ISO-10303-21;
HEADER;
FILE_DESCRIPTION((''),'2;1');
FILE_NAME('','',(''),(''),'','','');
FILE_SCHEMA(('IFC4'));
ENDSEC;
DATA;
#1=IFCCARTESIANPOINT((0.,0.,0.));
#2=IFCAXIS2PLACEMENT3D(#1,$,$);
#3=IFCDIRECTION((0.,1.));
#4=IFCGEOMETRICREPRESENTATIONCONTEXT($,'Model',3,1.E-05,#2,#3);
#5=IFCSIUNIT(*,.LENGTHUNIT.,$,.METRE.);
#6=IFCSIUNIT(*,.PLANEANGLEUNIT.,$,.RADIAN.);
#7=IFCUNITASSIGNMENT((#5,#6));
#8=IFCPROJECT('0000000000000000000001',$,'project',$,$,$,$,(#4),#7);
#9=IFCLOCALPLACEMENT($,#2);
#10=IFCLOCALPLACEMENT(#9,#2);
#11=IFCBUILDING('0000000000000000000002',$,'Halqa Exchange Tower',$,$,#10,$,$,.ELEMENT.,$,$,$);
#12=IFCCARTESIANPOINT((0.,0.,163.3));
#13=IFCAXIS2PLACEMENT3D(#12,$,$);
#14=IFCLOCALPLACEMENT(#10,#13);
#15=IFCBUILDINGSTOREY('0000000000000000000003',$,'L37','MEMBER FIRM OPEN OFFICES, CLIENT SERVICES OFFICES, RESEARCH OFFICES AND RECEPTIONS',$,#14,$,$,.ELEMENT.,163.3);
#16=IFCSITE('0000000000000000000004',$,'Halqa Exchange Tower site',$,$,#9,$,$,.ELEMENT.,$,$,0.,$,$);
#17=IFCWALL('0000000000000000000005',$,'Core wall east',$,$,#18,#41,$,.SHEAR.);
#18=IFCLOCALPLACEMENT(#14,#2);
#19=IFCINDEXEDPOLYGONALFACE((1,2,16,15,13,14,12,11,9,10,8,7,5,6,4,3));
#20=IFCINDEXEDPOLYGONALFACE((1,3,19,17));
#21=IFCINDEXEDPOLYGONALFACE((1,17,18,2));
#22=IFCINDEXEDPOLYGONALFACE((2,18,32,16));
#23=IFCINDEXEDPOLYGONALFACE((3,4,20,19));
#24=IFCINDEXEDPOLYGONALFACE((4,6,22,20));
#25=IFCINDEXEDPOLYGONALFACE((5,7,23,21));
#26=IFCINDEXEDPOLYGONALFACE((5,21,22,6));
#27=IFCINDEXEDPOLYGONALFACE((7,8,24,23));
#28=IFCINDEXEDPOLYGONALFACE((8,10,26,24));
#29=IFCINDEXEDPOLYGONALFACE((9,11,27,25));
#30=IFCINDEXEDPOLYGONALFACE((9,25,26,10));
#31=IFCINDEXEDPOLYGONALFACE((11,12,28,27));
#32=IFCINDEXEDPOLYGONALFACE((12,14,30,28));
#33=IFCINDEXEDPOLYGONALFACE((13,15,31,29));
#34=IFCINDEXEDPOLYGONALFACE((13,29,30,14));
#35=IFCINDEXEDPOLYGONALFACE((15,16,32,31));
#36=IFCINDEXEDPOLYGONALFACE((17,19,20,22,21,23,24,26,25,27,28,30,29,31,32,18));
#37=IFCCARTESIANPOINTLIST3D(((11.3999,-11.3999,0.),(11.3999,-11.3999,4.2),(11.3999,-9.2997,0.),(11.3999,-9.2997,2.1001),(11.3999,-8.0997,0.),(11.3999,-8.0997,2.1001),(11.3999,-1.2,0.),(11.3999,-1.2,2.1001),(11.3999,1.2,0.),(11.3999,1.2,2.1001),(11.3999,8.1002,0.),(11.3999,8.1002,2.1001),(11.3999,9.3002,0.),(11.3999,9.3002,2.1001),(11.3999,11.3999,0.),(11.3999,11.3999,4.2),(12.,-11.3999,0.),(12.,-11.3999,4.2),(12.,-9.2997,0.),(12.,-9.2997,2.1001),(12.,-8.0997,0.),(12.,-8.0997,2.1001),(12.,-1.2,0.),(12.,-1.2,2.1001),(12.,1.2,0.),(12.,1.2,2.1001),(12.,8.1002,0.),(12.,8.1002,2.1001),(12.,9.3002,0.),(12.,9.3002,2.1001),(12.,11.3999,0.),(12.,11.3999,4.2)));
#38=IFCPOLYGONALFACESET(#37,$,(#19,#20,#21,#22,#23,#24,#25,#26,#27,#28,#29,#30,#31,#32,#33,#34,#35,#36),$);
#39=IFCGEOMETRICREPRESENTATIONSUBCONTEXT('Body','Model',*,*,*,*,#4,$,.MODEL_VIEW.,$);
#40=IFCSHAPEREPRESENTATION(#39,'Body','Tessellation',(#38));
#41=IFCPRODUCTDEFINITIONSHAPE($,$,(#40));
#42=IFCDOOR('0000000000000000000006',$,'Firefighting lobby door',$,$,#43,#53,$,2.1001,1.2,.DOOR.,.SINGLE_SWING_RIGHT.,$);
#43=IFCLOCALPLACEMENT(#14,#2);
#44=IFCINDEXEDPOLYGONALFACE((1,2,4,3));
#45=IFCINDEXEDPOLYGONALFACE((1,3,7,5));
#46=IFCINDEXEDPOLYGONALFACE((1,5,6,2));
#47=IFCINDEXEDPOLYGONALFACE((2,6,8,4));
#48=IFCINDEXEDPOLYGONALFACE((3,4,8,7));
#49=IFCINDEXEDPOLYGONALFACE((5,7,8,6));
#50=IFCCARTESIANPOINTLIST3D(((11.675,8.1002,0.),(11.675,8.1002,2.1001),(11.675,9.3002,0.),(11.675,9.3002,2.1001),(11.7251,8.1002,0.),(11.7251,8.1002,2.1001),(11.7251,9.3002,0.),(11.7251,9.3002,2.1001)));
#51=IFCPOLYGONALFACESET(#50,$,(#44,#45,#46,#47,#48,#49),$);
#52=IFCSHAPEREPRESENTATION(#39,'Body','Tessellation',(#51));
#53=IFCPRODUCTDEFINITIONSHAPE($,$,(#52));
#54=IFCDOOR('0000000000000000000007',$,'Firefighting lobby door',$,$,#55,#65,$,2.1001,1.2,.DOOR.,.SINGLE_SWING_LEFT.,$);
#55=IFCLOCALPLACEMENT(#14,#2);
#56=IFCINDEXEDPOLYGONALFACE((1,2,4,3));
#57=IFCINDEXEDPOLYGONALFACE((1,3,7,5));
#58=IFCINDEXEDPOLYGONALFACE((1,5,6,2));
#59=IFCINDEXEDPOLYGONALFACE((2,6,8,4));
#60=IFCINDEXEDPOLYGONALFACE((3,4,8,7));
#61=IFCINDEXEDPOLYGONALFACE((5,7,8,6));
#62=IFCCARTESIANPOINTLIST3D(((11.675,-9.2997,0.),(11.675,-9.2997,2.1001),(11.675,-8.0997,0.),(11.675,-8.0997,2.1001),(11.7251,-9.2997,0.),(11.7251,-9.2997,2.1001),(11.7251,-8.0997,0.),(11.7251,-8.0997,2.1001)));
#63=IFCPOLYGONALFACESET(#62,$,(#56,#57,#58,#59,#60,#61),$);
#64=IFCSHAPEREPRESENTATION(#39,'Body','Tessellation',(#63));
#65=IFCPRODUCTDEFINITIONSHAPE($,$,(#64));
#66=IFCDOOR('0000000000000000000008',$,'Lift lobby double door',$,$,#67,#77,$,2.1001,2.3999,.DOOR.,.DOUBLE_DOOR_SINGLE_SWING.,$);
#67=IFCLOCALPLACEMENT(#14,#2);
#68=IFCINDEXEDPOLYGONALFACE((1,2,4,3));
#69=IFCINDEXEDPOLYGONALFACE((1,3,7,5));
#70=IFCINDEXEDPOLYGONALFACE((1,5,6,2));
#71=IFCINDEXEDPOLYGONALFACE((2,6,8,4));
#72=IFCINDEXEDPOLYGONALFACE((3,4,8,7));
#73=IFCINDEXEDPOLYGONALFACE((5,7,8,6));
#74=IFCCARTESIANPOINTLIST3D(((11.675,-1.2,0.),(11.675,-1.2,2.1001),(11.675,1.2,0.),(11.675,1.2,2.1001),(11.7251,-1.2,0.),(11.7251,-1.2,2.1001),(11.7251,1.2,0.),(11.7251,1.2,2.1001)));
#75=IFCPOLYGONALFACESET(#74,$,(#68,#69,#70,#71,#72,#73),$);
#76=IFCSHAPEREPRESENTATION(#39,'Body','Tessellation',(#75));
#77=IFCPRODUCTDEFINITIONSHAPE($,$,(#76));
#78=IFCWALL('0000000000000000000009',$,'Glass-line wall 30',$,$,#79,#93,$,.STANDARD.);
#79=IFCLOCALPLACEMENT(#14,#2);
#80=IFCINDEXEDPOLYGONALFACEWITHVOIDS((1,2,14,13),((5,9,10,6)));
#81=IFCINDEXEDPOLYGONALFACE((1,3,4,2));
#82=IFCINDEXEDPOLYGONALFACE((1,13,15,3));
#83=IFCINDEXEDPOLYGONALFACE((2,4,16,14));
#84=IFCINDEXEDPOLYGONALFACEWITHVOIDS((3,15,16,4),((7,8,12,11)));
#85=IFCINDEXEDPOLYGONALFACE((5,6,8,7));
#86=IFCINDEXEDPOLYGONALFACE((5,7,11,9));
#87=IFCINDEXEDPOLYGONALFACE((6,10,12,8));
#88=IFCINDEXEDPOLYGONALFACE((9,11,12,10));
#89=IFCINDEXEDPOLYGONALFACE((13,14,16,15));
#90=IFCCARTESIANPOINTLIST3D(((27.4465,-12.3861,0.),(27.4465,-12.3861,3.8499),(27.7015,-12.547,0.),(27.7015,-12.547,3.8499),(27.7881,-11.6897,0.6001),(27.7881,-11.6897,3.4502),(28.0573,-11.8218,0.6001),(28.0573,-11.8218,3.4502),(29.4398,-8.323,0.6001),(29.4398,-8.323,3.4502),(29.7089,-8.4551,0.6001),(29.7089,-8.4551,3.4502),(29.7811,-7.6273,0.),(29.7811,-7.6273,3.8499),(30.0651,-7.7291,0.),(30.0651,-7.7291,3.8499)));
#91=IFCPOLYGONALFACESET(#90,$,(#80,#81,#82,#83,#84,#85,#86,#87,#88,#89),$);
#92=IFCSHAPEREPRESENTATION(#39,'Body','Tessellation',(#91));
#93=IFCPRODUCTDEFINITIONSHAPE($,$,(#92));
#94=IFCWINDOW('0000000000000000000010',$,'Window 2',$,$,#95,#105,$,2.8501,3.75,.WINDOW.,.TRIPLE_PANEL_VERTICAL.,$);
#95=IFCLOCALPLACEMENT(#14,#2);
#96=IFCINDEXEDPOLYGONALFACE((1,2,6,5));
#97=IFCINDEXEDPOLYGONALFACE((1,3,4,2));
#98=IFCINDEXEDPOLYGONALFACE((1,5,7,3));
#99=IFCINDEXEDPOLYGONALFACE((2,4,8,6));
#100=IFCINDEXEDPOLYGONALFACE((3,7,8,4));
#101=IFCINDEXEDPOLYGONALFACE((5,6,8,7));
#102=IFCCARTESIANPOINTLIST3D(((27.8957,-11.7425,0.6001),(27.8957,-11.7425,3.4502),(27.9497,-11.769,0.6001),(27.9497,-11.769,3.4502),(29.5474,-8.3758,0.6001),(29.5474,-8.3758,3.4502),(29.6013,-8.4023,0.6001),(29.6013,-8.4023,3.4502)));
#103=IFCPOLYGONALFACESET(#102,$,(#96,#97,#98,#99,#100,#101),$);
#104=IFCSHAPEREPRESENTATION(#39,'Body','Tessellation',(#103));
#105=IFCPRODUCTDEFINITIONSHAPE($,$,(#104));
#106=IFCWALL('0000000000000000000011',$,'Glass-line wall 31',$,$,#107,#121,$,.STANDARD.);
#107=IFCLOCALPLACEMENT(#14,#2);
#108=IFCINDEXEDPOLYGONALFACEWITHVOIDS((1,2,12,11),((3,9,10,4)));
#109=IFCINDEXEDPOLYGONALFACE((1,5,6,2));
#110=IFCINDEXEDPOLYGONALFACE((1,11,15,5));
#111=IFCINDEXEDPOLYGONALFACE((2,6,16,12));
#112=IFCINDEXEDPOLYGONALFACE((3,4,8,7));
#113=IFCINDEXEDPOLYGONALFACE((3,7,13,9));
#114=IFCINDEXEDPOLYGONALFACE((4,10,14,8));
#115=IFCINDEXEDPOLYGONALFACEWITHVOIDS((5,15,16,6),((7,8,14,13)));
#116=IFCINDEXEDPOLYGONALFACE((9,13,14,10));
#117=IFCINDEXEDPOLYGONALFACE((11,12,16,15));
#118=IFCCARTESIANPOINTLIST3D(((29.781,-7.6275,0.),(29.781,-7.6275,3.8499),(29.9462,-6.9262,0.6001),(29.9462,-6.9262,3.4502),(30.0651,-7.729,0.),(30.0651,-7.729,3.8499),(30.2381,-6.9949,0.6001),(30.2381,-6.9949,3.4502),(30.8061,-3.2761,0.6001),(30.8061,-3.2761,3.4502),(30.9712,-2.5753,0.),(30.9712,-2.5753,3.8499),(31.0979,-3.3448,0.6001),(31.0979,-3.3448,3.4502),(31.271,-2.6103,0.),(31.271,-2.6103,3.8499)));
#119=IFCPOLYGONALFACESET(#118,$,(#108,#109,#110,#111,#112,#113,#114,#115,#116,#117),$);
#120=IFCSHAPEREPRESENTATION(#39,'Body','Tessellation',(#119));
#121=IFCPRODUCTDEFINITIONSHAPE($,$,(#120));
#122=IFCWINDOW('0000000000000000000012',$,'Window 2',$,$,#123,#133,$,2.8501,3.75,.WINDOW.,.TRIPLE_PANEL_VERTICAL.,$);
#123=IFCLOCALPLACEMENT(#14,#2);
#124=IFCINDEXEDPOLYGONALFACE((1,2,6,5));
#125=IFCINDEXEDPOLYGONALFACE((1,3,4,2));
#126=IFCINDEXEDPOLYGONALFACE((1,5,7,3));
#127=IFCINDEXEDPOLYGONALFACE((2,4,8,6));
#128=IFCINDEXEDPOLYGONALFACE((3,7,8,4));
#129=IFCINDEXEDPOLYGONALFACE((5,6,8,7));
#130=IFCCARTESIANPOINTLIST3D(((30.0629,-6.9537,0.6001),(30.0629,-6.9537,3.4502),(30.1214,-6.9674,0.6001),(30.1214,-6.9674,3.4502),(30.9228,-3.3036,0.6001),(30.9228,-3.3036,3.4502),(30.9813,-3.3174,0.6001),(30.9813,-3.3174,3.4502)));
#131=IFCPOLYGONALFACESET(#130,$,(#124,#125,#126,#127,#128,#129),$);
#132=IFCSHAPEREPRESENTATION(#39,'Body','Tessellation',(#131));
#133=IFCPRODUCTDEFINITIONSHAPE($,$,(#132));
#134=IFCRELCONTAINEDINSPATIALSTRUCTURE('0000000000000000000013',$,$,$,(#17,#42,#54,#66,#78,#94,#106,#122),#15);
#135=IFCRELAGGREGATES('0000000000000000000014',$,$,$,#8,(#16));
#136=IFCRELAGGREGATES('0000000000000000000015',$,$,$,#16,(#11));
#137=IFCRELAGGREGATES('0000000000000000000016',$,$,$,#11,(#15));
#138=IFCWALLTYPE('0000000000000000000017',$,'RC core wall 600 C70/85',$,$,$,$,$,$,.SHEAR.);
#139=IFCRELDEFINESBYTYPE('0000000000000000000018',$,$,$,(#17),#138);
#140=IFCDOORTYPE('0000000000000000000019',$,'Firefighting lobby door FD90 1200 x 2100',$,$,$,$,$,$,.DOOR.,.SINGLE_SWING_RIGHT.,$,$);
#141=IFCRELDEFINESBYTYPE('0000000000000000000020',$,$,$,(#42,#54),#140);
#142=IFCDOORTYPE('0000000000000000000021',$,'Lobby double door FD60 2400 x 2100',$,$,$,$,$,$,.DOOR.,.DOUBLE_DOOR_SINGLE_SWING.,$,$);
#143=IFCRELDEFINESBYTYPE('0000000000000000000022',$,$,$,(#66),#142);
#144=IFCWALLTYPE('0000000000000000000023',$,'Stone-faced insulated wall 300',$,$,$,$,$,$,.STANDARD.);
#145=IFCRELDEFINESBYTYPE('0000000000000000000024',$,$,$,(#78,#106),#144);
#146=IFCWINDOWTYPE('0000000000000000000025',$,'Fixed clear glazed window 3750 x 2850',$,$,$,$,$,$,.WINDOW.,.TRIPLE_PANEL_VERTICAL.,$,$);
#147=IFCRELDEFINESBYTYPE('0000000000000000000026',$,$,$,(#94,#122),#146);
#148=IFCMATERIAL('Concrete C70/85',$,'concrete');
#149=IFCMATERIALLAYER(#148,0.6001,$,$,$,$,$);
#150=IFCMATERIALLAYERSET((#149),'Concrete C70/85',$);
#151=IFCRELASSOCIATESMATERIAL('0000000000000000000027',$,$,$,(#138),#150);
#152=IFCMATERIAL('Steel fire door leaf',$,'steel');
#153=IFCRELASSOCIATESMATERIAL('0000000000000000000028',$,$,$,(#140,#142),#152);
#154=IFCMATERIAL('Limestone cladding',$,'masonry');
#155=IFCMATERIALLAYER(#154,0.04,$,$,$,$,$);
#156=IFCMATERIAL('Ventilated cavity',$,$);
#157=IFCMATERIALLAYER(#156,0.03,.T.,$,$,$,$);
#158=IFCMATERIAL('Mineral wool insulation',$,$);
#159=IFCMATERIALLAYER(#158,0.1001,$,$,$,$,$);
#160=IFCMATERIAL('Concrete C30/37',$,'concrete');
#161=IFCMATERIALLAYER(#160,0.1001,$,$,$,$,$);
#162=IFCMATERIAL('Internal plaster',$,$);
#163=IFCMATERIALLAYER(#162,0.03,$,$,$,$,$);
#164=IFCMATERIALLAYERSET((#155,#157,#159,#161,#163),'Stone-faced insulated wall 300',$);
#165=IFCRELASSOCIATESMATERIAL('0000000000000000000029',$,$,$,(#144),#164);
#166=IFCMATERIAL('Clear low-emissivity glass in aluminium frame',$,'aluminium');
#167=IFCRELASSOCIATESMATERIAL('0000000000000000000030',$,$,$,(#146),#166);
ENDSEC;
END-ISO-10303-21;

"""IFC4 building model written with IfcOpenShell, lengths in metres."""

from ifc_helpers import new_model, si_unit, direction, frame, frame_2d, origin, place, context, subcontext, project, spatial, polyline, rectangle, outline, extrude, material, layer, layer_set, type_object, element, fill, save


model = new_model("IFC4")

# Units and contexts
model_context = context("Model", 3, precision=1e-05, world=origin(), true_north=direction((0.0, 1.0)))
body_context = subcontext(model_context, "Body", "Model", "MODEL_VIEW")
ifc_project = project(units=[si_unit("LENGTHUNIT", "METRE"), si_unit("PLANEANGLEUNIT", "RADIAN")], contexts=[model_context])

# Site, building, storey
site_placement = place(None, origin())
site = spatial("IfcSite", under=ifc_project, at=site_placement, Name="Halqa Exchange Tower site", CompositionType="ELEMENT", RefElevation=0.0)
building_placement = place(site_placement, origin())
building = spatial("IfcBuilding", under=site, at=building_placement, Name="Halqa Exchange Tower", CompositionType="ELEMENT")
storey_placement = place(building_placement, frame((0.0, 0.0, 163.3)))
storey = spatial("IfcBuildingStorey", under=building, at=storey_placement, Name="L37", Description="MEMBER FIRM OPEN OFFICES, CLIENT SERVICES OFFICES, RESEARCH OFFICES AND RECEPTIONS", CompositionType="ELEMENT", Elevation=163.3)

# Shared definitions
ifc_material_1 = material(Name="Concrete C70/85", Category="concrete")

# Wall, openings, doors
ifc_layer_1 = layer(ifc_material_1, 0.6001)
ifc_layer_set_1 = layer_set([ifc_layer_1], Name="Concrete C70/85")
wall_type_1 = type_object("IfcWallType", Name="RC core wall 600 C70/85", PredefinedType="SHEAR", material=ifc_layer_set_1)
wall_1_placement = place(storey_placement, frame((11.7, -11.3999, 0.0), z_axis=(0.0, 0.0, 1.0), x_axis=(0.0, 1.0, 0.0)))
wall_1 = element("IfcWall", 1, at=wall_1_placement, inside=storey, type_object=wall_type_1, Name="Core wall east", PredefinedType="SHEAR", context=body_context, shape_type="SweptSolid", body=[
    extrude(rectangle(XDim=22.7998, YDim=0.6001, at=frame_2d((11.3999, 0.0))), origin(), (0.0, 0.0, 1.0), 4.2),
])
opening_1_placement = place(wall_1_placement, frame((10.2, 0.0, 0.0)))
opening_1 = element("IfcOpeningElement", 2, at=opening_1_placement, cuts=wall_1, PredefinedType="OPENING", context=body_context, shape_type="SweptSolid", body=[
    extrude(rectangle(XDim=2.3999, YDim=2.1001, at=frame_2d((1.2, 1.05))), frame((0.0, 0.312, 0.0), z_axis=(0.0, -1.0, 0.0), x_axis=(1.0, 0.0, 0.0)), (0.0, 0.0, 1.0), 0.624),
])
opening_2_placement = place(wall_1_placement, frame((19.5, 0.0, 0.0)))
opening_2 = element("IfcOpeningElement", 3, at=opening_2_placement, cuts=wall_1, PredefinedType="OPENING", context=body_context, shape_type="SweptSolid", body=[
    extrude(rectangle(XDim=1.2, YDim=2.1001, at=frame_2d((0.6001, 1.05))), frame((0.0, 0.312, 0.0), z_axis=(0.0, -1.0, 0.0), x_axis=(1.0, 0.0, 0.0)), (0.0, 0.0, 1.0), 0.624),
])
opening_3_placement = place(wall_1_placement, frame((2.1001, 0.0, 0.0)))
opening_3 = element("IfcOpeningElement", 4, at=opening_3_placement, cuts=wall_1, PredefinedType="OPENING", context=body_context, shape_type="SweptSolid", body=[
    extrude(rectangle(XDim=1.2, YDim=2.1001, at=frame_2d((0.6001, 1.05))), frame((0.0, 0.312, 0.0), z_axis=(0.0, -1.0, 0.0), x_axis=(1.0, 0.0, 0.0)), (0.0, 0.0, 1.0), 0.624),
])
ifc_material_2 = material(Name="Steel fire door leaf", Category="steel")
door_type_1 = type_object("IfcDoorType", Name="Firefighting lobby door FD90 1200 x 2100", OperationType="SINGLE_SWING_RIGHT", PredefinedType="DOOR", material=ifc_material_2)
door_1_placement = place(opening_2_placement, origin())
door_1 = element("IfcDoor", 5, at=door_1_placement, inside=storey, type_object=door_type_1, Name="Firefighting lobby door", OperationType="SINGLE_SWING_RIGHT", OverallHeight=2.1001, OverallWidth=1.2, PredefinedType="DOOR", context=body_context, shape_type="SweptSolid", body=[
    extrude(rectangle(XDim=1.2, YDim=2.1001, at=frame_2d((0.6001, 1.05))), frame((0.0, 0.0249, 0.0), z_axis=(0.0, -1.0, 0.0), x_axis=(1.0, 0.0, 0.0)), (0.0, 0.0, 1.0), 0.05),
])
fill(opening_2, door_1)
door_2_placement = place(opening_3_placement, origin())
door_2 = element("IfcDoor", 6, at=door_2_placement, inside=storey, type_object=door_type_1, Name="Firefighting lobby door", OperationType="SINGLE_SWING_LEFT", OverallHeight=2.1001, OverallWidth=1.2, PredefinedType="DOOR", context=body_context, shape_type="SweptSolid", body=[
    extrude(rectangle(XDim=1.2, YDim=2.1001, at=frame_2d((0.6001, 1.05))), frame((0.0, 0.0249, 0.0), z_axis=(0.0, -1.0, 0.0), x_axis=(1.0, 0.0, 0.0)), (0.0, 0.0, 1.0), 0.05),
])
fill(opening_3, door_2)
door_type_2 = type_object("IfcDoorType", Name="Lobby double door FD60 2400 x 2100", OperationType="DOUBLE_DOOR_SINGLE_SWING", PredefinedType="DOOR", material=ifc_material_2)
door_3_placement = place(opening_1_placement, origin())
door_3 = element("IfcDoor", 7, at=door_3_placement, inside=storey, type_object=door_type_2, Name="Lift lobby double door", OperationType="DOUBLE_DOOR_SINGLE_SWING", OverallHeight=2.1001, OverallWidth=2.3999, PredefinedType="DOOR", context=body_context, shape_type="SweptSolid", body=[
    extrude(rectangle(XDim=2.3999, YDim=2.1001, at=frame_2d((1.2, 1.05))), frame((0.0, 0.0249, 0.0), z_axis=(0.0, -1.0, 0.0), x_axis=(1.0, 0.0, 0.0)), (0.0, 0.0, 1.0), 0.05),
])
fill(opening_1, door_3)

# Walls, openings, windows
ifc_material_3 = material(Name="Limestone cladding", Category="masonry")
ifc_layer_2 = layer(ifc_material_3, 0.04)
ifc_material_4 = material(Name="Ventilated cavity")
ifc_layer_3 = layer(ifc_material_4, 0.03, ventilated=True)
ifc_material_5 = material(Name="Mineral wool insulation")
ifc_layer_4 = layer(ifc_material_5, 0.1001)
ifc_material_6 = material(Name="Concrete C30/37", Category="concrete")
ifc_layer_5 = layer(ifc_material_6, 0.1001)
ifc_material_7 = material(Name="Internal plaster")
ifc_layer_6 = layer(ifc_material_7, 0.03)
ifc_layer_set_2 = layer_set([ifc_layer_2, ifc_layer_3, ifc_layer_4, ifc_layer_5, ifc_layer_6], Name="Stone-faced insulated wall 300")
wall_type_2 = type_object("IfcWallType", Name="Stone-faced insulated wall 300", PredefinedType="STANDARD", material=ifc_layer_set_2)
wall_2_placement = place(storey_placement, frame((27.574, -12.4666, 0.0), z_axis=(0.0, 0.0, 1.0), x_axis=(0.440444, 0.89778, 0.0)))
wall_2 = element("IfcWall", 8, at=wall_2_placement, inside=storey, type_object=wall_type_2, Name="Glass-line wall 30", PredefinedType="STANDARD", context=body_context, shape_type="SweptSolid", body=[
    extrude(outline(polyline([(-0.0161, -0.1499), (5.3503, -0.1499), (5.3167, 0.1499), (0.0161, 0.1499), (-0.0161, -0.1499)])), origin(), (0.0, 0.0, 1.0), 3.8499),
])
opening_4_placement = place(wall_2_placement, frame((0.7917, 0.0, 0.6001)))
opening_4 = element("IfcOpeningElement", 9, at=opening_4_placement, cuts=wall_2, PredefinedType="OPENING", context=body_context, shape_type="SweptSolid", body=[
    extrude(rectangle(XDim=3.75, YDim=2.8501, at=frame_2d((1.875, 1.425))), frame((0.0, 0.1621, 0.0), z_axis=(0.0, -1.0, 0.0), x_axis=(1.0, 0.0, 0.0)), (0.0, 0.0, 1.0), 0.324),
])
ifc_material_8 = material(Name="Clear low-emissivity glass in aluminium frame", Category="aluminium")
window_type = type_object("IfcWindowType", Name="Fixed clear glazed window 3750 x 2850", PartitioningType="TRIPLE_PANEL_VERTICAL", PredefinedType="WINDOW", material=ifc_material_8)
window_1_placement = place(opening_4_placement, origin())
window_1 = element("IfcWindow", 10, at=window_1_placement, inside=storey, type_object=window_type, Name="Window 2", OverallHeight=2.8501, OverallWidth=3.75, PartitioningType="TRIPLE_PANEL_VERTICAL", PredefinedType="WINDOW", context=body_context, shape_type="SweptSolid", body=[
    extrude(rectangle(XDim=3.75, YDim=2.8501, at=frame_2d((1.875, 1.425))), frame((0.0, 0.03, 0.0), z_axis=(0.0, -1.0, 0.0), x_axis=(1.0, 0.0, 0.0)), (0.0, 0.0, 1.0), 0.0601),
])
fill(opening_4, window_1)
wall_3_placement = place(storey_placement, frame((29.9231, -7.6782, 0.0), z_axis=(0.0, 0.0, 1.0), x_axis=(0.229297, 0.973356, 0.0)))
wall_3 = element("IfcWall", 11, at=wall_3_placement, inside=storey, type_object=wall_type_2, Name="Glass-line wall 31", PredefinedType="STANDARD", context=body_context, shape_type="SweptSolid", body=[
    extrude(outline(polyline([(-0.0168, -0.1499), (5.2419, -0.1499), (5.2073, 0.1499), (0.0168, 0.1499), (-0.0168, -0.1499)])), origin(), (0.0, 0.0, 1.0), 3.8499),
])
opening_5_placement = place(wall_3_placement, frame((0.7373, 0.0, 0.6001)))
opening_5 = element("IfcOpeningElement", 12, at=opening_5_placement, cuts=wall_3, PredefinedType="OPENING", context=body_context, shape_type="SweptSolid", body=[
    extrude(rectangle(XDim=3.75, YDim=2.8501, at=frame_2d((1.875, 1.425))), frame((0.0, 0.1621, 0.0), z_axis=(0.0, -1.0, 0.0), x_axis=(1.0, 0.0, 0.0)), (0.0, 0.0, 1.0), 0.324),
])
window_2_placement = place(opening_5_placement, origin())
window_2 = element("IfcWindow", 13, at=window_2_placement, inside=storey, type_object=window_type, Name="Window 2", OverallHeight=2.8501, OverallWidth=3.75, PartitioningType="TRIPLE_PANEL_VERTICAL", PredefinedType="WINDOW", context=body_context, shape_type="SweptSolid", body=[
    extrude(rectangle(XDim=3.75, YDim=2.8501, at=frame_2d((1.875, 1.425))), frame((0.0, 0.03, 0.0), z_axis=(0.0, -1.0, 0.0), x_axis=(1.0, 0.0, 0.0)), (0.0, 0.0, 1.0), 0.0601),
])
fill(opening_5, window_2)

save(model, "model.ifc")
